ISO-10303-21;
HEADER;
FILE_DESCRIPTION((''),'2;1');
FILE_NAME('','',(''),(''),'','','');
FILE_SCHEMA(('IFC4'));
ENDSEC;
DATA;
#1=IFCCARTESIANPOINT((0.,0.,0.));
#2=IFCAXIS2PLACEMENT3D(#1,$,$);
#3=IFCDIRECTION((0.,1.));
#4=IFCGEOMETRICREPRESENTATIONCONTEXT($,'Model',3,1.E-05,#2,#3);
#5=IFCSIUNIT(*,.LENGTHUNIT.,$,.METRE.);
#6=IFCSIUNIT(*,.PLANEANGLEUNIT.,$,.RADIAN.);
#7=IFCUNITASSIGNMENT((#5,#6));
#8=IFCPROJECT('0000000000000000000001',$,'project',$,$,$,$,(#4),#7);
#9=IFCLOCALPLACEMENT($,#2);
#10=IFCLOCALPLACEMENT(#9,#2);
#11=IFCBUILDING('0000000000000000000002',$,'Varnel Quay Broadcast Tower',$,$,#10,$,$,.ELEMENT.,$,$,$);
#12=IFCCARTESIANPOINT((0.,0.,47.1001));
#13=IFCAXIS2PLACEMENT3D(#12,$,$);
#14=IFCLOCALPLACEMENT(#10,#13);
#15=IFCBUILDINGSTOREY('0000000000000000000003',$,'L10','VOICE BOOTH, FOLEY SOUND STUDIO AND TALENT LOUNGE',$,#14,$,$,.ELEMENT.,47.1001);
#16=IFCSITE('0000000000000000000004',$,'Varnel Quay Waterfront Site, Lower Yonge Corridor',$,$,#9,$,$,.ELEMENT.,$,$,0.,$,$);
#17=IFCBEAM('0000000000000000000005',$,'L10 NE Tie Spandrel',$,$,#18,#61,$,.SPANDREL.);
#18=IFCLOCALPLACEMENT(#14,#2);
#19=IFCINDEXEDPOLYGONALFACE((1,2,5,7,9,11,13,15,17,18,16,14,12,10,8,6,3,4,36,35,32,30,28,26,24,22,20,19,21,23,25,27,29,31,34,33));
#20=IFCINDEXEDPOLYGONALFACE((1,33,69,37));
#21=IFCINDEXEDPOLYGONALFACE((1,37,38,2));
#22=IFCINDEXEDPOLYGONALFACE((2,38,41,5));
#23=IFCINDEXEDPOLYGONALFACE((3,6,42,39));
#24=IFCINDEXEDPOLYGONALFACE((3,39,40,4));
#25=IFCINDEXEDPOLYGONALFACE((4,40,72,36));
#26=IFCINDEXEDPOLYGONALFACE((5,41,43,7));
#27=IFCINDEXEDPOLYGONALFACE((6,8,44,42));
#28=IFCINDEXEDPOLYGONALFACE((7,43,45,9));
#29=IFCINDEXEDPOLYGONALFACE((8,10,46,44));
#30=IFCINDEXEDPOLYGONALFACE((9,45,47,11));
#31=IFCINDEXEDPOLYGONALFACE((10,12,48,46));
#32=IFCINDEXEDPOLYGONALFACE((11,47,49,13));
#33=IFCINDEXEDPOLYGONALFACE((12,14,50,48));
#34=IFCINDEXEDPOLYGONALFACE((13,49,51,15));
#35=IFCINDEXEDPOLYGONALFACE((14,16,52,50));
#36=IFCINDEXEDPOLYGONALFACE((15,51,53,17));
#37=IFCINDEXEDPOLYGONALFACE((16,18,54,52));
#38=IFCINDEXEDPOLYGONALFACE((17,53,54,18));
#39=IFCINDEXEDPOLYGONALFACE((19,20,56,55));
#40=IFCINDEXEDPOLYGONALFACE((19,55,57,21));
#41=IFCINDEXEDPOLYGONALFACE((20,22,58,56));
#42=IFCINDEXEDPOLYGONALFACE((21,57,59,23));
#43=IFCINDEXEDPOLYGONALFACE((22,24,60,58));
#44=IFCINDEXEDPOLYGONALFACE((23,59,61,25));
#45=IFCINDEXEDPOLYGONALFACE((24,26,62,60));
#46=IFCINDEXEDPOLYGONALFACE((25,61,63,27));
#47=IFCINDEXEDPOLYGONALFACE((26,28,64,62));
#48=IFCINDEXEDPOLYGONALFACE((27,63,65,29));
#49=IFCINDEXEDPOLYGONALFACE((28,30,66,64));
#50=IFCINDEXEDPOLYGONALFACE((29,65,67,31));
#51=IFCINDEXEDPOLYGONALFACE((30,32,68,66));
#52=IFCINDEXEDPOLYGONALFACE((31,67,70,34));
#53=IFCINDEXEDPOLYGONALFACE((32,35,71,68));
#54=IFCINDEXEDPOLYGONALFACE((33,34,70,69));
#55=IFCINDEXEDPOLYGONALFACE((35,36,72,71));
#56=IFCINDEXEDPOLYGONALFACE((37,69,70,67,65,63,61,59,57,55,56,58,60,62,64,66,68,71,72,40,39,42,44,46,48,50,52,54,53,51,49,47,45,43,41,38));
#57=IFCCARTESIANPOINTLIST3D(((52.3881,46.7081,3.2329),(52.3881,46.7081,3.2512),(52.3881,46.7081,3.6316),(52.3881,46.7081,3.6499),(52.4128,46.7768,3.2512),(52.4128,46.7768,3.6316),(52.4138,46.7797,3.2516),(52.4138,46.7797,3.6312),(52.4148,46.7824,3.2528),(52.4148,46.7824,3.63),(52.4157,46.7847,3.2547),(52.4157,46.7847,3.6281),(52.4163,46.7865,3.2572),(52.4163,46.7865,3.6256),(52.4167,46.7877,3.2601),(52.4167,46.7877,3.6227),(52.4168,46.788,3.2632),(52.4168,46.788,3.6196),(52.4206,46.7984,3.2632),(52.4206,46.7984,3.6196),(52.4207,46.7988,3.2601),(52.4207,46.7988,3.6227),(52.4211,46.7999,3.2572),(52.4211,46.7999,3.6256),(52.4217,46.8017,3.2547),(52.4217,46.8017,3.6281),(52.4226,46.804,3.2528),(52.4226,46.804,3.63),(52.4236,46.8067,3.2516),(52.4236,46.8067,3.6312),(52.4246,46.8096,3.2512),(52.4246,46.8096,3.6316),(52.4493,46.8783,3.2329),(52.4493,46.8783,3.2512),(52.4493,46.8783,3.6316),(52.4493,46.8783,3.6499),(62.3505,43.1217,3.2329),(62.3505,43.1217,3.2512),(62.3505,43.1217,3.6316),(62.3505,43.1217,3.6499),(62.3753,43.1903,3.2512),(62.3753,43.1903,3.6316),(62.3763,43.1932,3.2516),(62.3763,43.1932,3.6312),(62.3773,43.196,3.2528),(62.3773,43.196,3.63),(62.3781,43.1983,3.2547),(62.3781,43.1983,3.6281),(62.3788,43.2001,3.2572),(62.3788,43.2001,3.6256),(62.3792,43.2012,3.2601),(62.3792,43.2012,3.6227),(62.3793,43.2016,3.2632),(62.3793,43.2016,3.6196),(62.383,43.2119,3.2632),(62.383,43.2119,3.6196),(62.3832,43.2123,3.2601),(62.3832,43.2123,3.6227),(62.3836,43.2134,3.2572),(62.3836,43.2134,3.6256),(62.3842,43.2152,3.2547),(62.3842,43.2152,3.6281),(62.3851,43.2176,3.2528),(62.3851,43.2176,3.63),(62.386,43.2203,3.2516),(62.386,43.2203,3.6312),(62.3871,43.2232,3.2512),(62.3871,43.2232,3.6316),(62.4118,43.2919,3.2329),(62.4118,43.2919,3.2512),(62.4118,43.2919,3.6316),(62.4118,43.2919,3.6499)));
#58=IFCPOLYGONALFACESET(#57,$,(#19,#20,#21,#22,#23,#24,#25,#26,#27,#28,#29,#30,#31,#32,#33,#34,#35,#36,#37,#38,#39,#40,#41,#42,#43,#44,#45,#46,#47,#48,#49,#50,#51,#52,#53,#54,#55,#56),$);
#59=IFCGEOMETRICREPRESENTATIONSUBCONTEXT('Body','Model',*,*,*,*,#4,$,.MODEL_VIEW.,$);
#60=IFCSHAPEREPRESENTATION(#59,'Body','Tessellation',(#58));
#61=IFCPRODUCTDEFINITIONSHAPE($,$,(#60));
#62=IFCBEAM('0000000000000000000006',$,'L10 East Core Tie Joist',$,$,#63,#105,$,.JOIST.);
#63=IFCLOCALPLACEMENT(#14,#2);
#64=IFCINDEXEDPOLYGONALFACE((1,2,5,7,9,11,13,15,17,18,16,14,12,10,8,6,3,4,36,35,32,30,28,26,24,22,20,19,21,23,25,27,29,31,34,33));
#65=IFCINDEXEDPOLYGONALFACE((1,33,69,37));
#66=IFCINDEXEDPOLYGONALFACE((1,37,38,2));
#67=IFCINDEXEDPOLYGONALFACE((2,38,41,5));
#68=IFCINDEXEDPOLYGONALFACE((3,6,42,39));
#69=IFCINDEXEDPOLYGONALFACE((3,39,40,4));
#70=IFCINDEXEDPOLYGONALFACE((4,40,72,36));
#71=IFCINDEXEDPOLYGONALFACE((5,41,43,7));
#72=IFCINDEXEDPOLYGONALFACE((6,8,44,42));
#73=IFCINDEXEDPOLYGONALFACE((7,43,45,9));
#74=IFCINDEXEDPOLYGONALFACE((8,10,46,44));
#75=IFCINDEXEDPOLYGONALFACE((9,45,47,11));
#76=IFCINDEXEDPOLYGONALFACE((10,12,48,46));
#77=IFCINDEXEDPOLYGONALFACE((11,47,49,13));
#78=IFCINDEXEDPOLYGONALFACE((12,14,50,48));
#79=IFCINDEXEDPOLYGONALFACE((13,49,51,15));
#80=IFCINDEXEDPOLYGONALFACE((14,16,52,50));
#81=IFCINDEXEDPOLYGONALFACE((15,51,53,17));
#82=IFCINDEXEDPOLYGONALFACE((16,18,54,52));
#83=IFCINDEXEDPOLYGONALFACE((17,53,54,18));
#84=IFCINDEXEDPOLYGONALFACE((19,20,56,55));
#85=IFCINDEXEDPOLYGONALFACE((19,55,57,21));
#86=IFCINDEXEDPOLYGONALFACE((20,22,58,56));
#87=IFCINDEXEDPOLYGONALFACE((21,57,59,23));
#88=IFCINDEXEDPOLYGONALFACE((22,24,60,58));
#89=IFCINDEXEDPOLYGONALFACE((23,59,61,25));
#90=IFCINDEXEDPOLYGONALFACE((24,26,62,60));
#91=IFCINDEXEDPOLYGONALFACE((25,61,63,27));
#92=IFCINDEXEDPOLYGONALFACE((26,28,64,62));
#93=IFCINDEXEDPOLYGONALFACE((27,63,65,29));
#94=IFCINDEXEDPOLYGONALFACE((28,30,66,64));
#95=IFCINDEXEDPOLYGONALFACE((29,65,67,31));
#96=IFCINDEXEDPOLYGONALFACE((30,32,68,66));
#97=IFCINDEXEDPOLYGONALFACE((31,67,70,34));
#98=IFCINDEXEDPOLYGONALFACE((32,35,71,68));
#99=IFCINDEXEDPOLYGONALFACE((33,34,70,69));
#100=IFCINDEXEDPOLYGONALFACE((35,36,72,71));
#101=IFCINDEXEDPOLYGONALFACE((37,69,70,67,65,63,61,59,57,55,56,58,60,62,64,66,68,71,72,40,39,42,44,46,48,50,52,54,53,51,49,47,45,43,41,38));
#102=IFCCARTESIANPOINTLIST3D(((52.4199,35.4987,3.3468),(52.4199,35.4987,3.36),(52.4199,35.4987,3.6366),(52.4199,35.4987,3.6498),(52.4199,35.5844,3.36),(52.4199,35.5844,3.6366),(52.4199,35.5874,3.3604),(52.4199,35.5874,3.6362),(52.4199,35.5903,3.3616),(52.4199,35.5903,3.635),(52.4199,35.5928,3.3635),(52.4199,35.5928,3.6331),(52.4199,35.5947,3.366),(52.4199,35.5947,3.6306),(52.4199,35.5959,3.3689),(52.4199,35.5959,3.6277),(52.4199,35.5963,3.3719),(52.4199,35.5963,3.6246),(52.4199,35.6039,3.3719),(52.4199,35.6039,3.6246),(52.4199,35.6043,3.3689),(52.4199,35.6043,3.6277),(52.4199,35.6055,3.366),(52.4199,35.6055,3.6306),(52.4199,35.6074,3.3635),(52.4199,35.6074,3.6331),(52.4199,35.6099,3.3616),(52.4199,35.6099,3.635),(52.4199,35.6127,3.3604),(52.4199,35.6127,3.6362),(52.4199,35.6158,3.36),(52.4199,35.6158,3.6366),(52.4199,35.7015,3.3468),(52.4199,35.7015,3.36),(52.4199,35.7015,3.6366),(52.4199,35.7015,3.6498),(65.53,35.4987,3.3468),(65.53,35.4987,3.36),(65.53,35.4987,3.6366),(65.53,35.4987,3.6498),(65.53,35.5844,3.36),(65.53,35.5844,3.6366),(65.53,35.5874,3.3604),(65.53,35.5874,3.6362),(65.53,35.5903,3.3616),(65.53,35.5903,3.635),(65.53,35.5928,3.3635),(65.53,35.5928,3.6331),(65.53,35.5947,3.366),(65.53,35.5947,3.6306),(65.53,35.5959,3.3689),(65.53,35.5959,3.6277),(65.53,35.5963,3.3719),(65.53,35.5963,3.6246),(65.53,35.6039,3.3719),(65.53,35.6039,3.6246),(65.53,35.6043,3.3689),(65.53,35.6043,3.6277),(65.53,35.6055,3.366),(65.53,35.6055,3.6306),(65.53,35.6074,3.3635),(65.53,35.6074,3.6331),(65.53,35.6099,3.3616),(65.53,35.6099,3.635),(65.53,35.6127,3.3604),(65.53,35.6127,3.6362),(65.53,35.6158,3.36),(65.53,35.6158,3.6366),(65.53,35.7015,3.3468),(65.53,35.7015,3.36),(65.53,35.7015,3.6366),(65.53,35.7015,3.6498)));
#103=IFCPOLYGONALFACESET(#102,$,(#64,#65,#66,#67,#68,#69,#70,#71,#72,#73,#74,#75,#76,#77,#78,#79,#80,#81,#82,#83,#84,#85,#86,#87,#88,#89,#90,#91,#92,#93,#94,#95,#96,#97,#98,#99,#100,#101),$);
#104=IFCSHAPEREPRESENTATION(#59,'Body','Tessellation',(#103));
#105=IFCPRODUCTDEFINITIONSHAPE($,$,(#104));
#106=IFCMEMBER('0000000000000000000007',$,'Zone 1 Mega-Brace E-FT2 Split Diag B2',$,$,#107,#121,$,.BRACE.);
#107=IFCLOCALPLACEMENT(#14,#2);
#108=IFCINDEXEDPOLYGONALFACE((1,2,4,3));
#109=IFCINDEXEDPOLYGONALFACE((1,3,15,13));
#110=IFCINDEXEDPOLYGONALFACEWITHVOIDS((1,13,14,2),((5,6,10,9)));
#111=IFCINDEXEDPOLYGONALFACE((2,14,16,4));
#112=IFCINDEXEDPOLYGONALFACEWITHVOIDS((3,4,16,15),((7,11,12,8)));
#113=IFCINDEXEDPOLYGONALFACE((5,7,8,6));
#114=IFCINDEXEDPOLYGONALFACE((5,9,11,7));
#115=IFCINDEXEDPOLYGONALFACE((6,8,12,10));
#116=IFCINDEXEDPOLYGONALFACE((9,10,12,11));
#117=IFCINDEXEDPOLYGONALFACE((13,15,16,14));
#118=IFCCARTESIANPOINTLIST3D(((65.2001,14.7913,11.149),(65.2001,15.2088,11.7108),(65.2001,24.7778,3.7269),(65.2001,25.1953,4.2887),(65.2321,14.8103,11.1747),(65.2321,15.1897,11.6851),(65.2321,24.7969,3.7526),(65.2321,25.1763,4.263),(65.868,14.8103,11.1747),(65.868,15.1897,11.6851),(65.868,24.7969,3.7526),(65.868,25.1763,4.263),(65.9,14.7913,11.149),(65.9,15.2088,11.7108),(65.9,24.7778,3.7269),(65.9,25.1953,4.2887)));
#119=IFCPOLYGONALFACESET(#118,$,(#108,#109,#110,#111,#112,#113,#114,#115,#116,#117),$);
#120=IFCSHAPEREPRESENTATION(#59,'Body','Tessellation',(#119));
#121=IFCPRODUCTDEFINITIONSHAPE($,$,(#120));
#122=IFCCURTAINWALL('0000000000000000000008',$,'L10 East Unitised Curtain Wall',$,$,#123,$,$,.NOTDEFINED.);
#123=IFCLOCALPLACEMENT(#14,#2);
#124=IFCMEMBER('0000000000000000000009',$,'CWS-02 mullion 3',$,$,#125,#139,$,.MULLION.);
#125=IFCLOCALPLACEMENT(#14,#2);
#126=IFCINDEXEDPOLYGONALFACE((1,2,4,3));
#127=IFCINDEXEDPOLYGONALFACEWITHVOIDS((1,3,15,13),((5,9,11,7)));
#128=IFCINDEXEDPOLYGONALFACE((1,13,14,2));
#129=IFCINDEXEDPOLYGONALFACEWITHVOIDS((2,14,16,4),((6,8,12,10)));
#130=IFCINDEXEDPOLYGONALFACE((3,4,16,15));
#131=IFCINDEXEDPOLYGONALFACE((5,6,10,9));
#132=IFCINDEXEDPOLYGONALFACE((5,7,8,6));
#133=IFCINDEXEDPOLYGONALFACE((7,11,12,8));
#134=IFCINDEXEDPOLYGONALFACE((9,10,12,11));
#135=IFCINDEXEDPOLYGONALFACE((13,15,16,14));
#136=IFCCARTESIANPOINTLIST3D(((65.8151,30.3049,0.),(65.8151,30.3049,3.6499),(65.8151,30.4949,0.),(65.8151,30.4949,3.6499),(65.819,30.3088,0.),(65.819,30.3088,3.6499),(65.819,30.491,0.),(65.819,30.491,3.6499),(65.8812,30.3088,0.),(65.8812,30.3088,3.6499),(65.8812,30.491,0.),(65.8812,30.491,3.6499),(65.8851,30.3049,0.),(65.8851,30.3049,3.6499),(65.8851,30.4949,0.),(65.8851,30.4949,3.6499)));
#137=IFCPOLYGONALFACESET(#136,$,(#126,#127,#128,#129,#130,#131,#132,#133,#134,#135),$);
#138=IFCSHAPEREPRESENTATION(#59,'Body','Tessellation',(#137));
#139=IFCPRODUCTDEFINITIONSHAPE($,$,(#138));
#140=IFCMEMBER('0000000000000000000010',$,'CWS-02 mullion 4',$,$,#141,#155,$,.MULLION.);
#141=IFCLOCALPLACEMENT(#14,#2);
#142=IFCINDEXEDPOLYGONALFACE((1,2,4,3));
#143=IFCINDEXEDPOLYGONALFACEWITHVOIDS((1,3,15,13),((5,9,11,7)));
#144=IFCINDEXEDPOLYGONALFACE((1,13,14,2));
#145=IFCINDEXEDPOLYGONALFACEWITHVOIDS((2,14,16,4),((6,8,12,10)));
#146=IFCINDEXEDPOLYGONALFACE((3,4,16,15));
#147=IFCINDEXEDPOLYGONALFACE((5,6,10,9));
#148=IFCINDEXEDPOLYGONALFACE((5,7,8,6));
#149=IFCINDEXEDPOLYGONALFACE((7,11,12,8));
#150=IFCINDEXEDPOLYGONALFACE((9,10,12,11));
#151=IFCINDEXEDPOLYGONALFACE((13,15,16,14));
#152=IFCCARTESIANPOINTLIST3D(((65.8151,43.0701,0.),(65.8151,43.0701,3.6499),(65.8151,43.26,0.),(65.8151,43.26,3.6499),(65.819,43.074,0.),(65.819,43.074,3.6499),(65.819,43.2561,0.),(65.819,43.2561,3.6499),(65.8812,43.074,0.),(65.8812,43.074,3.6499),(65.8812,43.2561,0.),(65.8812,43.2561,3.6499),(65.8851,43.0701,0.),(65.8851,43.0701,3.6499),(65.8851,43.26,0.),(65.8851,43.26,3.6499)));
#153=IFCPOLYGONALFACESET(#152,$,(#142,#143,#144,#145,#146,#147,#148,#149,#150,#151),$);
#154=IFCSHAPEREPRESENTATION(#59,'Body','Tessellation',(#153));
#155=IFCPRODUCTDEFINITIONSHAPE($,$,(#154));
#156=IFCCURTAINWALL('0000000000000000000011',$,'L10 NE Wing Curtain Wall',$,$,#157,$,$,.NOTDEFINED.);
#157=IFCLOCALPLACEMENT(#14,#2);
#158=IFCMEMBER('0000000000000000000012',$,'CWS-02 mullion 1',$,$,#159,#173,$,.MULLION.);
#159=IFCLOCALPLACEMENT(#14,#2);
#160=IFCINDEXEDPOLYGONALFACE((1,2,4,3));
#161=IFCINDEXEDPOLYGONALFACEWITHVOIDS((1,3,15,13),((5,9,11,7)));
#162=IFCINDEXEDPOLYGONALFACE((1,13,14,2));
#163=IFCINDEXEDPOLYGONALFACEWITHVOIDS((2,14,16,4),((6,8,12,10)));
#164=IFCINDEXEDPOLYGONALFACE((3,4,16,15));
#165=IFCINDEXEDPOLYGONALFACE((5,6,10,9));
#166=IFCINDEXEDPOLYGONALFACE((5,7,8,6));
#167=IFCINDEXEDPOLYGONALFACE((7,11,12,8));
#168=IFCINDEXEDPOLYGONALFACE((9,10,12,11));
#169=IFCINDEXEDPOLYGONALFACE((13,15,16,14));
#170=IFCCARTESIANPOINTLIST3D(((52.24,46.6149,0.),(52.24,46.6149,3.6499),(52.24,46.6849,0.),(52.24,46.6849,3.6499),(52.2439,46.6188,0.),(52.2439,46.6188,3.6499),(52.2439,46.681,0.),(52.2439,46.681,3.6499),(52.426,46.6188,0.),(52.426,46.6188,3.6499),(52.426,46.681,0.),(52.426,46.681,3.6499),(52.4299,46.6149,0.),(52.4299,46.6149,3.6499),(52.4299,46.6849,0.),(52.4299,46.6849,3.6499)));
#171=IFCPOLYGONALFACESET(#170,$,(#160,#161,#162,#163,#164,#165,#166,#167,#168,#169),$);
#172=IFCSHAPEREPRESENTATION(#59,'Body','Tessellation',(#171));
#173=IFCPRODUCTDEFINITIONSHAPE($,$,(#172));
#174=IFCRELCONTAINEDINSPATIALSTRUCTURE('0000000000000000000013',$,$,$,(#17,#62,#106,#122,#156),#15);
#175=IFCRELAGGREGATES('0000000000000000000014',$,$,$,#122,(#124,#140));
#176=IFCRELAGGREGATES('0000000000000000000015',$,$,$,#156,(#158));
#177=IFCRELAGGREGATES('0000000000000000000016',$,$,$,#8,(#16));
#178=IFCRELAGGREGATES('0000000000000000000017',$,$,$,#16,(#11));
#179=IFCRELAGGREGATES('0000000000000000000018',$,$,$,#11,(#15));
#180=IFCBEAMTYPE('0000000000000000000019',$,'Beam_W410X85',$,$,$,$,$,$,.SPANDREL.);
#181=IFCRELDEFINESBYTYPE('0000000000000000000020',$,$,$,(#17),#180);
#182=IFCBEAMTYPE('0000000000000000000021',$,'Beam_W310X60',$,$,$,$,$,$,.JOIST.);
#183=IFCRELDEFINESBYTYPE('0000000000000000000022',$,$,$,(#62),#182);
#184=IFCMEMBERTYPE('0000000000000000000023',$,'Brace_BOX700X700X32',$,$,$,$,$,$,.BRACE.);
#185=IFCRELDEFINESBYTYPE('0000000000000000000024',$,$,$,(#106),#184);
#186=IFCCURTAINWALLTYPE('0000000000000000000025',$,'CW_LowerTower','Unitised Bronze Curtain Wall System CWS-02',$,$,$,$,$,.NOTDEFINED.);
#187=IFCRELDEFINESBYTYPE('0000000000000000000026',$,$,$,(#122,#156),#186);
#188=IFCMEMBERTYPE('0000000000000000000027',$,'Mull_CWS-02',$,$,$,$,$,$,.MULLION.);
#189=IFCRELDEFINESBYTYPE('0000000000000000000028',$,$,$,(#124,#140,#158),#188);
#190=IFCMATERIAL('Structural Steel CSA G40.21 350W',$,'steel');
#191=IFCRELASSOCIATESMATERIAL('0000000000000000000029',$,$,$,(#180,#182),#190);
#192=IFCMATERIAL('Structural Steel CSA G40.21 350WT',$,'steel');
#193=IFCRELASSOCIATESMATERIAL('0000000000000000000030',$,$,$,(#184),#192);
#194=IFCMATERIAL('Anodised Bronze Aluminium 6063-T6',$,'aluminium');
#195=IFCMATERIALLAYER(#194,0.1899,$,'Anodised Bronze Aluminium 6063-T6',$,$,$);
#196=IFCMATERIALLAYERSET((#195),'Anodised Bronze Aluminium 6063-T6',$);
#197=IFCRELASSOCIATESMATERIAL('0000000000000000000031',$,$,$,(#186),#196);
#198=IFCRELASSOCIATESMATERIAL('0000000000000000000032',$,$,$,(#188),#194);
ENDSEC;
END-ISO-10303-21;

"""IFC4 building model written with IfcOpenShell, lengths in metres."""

from ifc_helpers import new_model, si_unit, direction, frame, origin, origin_2d, place, context, subcontext, project, spatial, hollow_rectangle, i_section, extrude, source, transform, mapped, material, layer, layer_set, material_profile, profile_set, type_object, type_shapes, element, aggregate, save


model = new_model("IFC4")

# Units and contexts
model_context = context("Model", 3, precision=1e-05, world=origin(), true_north=direction((0.0, 1.0)))
body_context = subcontext(model_context, "Body", "Model", "MODEL_VIEW")
ifc_project = project(units=[si_unit("LENGTHUNIT", "METRE"), si_unit("PLANEANGLEUNIT", "RADIAN")], contexts=[model_context])

# Site, building, storey
site_placement = place(None, origin())
site = spatial("IfcSite", under=ifc_project, at=site_placement, Name="Varnel Quay Waterfront Site, Lower Yonge Corridor", CompositionType="ELEMENT", RefElevation=0.0)
building_placement = place(site_placement, origin())
building = spatial("IfcBuilding", under=site, at=building_placement, Name="Varnel Quay Broadcast Tower", CompositionType="ELEMENT")
storey_placement = place(building_placement, frame((0.0, 0.0, 47.1001)))
storey = spatial("IfcBuildingStorey", under=building, at=storey_placement, Name="L10", Description="VOICE BOOTH, FOLEY SOUND STUDIO AND TALENT LOUNGE", CompositionType="ELEMENT", Elevation=47.1001)

# Shared definitions
ifc_material_1 = material(Name="Structural Steel CSA G40.21 350WT", Category="steel")
ifc_material_2 = material(Name="Structural Steel CSA G40.21 350W", Category="steel")

# Beams
ifc_material_profile_1 = material_profile(ifc_material_2, i_section(OverallWidth=0.1809, OverallDepth=0.417, WebThickness=0.011, FlangeThickness=0.0183, FilletRadius=0.012, at=origin_2d()), Name="W410X85")
ifc_profile_set_1 = profile_set([ifc_material_profile_1], Name="Structural Steel CSA G40.21 350W")
beam_type_1 = type_object("IfcBeamType", Name="Beam_W410X85", PredefinedType="SPANDREL", material=ifc_profile_set_1)
shared_shape_1 = source(origin(), body_context, "Body", "SweptSolid", [
    extrude(i_section(OverallWidth=0.1809, OverallDepth=0.417, WebThickness=0.011, FlangeThickness=0.0183, FilletRadius=0.012, at=origin_2d()), origin(), (0.0, 0.0, 1.0), 10.5884),
])
beam_1_placement = place(storey_placement, frame((52.4187, 46.7932, 3.4414), z_axis=(0.940889, -0.338716, 0.0), x_axis=(0.338716, 0.940889, 0.0)))
element("IfcBeam", 1, at=beam_1_placement, inside=storey, type_object=beam_type_1, Name="L10 NE Tie Spandrel", PredefinedType="SPANDREL", context=body_context, shape_type="MappedRepresentation", body=[
    mapped(shared_shape_1, transform((0.0, 0.0, 0.0), x_axis=(1.0, 0.0, 0.0), y_axis=(0.0, 1.0, 0.0), z_axis=(0.0, 0.0, 1.0), scale=1.0)),
])
ifc_material_profile_2 = material_profile(ifc_material_2, i_section(OverallWidth=0.2029, OverallDepth=0.303, WebThickness=0.0076, FlangeThickness=0.0132, FilletRadius=0.012, at=origin_2d()), Name="W310X60")
ifc_profile_set_2 = profile_set([ifc_material_profile_2], Name="Structural Steel CSA G40.21 350W")
beam_type_2 = type_object("IfcBeamType", Name="Beam_W310X60", PredefinedType="JOIST", material=ifc_profile_set_2)
shared_shape_2 = source(origin(), body_context, "Body", "SweptSolid", [
    extrude(i_section(OverallWidth=0.2029, OverallDepth=0.303, WebThickness=0.0076, FlangeThickness=0.0132, FilletRadius=0.012, at=origin_2d()), origin(), (0.0, 0.0, 1.0), 13.1101),
])
type_shapes(beam_type_2, [shared_shape_2])
beam_2_placement = place(storey_placement, frame((52.4199, 35.6001, 3.4983), z_axis=(1.0, 0.0, 0.0), x_axis=(0.0, 1.0, 0.0)))
element("IfcBeam", 2, at=beam_2_placement, inside=storey, type_object=beam_type_2, Name="L10 East Core Tie Joist", PredefinedType="JOIST", context=body_context, shape_type="MappedRepresentation", body=[
    mapped(shared_shape_2, transform((0.0, 0.0, 0.0), x_axis=(1.0, 0.0, 0.0), y_axis=(0.0, 1.0, 0.0), z_axis=(0.0, 0.0, 1.0), scale=1.0)),
])

# Member
ifc_material_profile_3 = material_profile(ifc_material_1, hollow_rectangle(XDim=0.7, YDim=0.7, WallThickness=0.032, at=origin_2d()), Name="BOX700X700X32")
ifc_profile_set_3 = profile_set([ifc_material_profile_3], Name="Structural Steel CSA G40.21 350WT")
member_type_1 = type_object("IfcMemberType", Name="Brace_BOX700X700X32", PredefinedType="BRACE", material=ifc_profile_set_3)
shared_shape_3 = source(origin(), body_context, "Body", "SweptSolid", [
    extrude(hollow_rectangle(XDim=0.7, YDim=0.7, WallThickness=0.032, at=origin_2d()), origin(), (0.0, 0.0, 1.0), 12.4426),
])
type_shapes(member_type_1, [shared_shape_3])
member_1_placement = place(storey_placement, frame((65.55, 24.9866, 4.0078), z_axis=(0.0, -0.802608, 0.596506), x_axis=(1.0, 0.0, 0.0)))
element("IfcMember", 3, at=member_1_placement, inside=storey, type_object=member_type_1, Name="Zone 1 Mega-Brace E-FT2 Split Diag B2", PredefinedType="BRACE", context=body_context, shape_type="MappedRepresentation", body=[
    mapped(shared_shape_3, transform((0.0, 0.0, 0.0), x_axis=(1.0, 0.0, 0.0), y_axis=(0.0, 1.0, 0.0), z_axis=(0.0, 0.0, 1.0), scale=1.0)),
])

# Curtain walls, members
ifc_material_3 = material(Name="Anodised Bronze Aluminium 6063-T6", Category="aluminium")
ifc_layer_1 = layer(ifc_material_3, 0.1899, Name="Anodised Bronze Aluminium 6063-T6")
ifc_layer_set_1 = layer_set([ifc_layer_1], Name="Anodised Bronze Aluminium 6063-T6")
curtain_wall_type = type_object("IfcCurtainWallType", Name="CW_LowerTower", Description="Unitised Bronze Curtain Wall System CWS-02", PredefinedType="NOTDEFINED", material=ifc_layer_set_1)
curtain_wall_1_placement = place(storey_placement, origin())
curtain_wall_1 = element("IfcCurtainWall", 4, at=curtain_wall_1_placement, inside=storey, type_object=curtain_wall_type, Name="L10 East Unitised Curtain Wall", PredefinedType="NOTDEFINED")
ifc_material_profile_4 = material_profile(ifc_material_3, hollow_rectangle(XDim=0.0701, YDim=0.1899, WallThickness=0.0039, at=origin_2d()), Name="ALU70X190X4")
ifc_profile_set_4 = profile_set([ifc_material_profile_4], Name="Anodised Bronze Aluminium 6063-T6")
member_type_2 = type_object("IfcMemberType", Name="Mull_CWS-02", PredefinedType="MULLION", material=ifc_profile_set_4)
shared_shape_4 = source(origin(), body_context, "Body", "SweptSolid", [
    extrude(hollow_rectangle(XDim=0.0701, YDim=0.1899, WallThickness=0.0039, at=origin_2d()), origin(), (0.0, 0.0, 1.0), 3.6499),
])
type_shapes(member_type_2, [shared_shape_4])
member_2_placement = place(storey_placement, frame((65.8501, 30.3999, 0.0), z_axis=(0.0, 0.0, 1.0), x_axis=(-1.0, 0.0, 0.0)))
member_2 = element("IfcMember", 5, at=member_2_placement, type_object=member_type_2, Name="CWS-02 mullion 3", PredefinedType="MULLION", context=body_context, shape_type="MappedRepresentation", body=[
    mapped(shared_shape_4, transform((0.0, 0.0, 0.0), x_axis=(1.0, 0.0, 0.0), y_axis=(0.0, 1.0, 0.0), z_axis=(0.0, 0.0, 1.0), scale=1.0)),
])
member_3_placement = place(storey_placement, frame((65.8501, 43.165, 0.0), z_axis=(0.0, 0.0, 1.0), x_axis=(-1.0, 0.0, 0.0)))
member_3 = element("IfcMember", 6, at=member_3_placement, type_object=member_type_2, Name="CWS-02 mullion 4", PredefinedType="MULLION", context=body_context, shape_type="MappedRepresentation", body=[
    mapped(shared_shape_4, transform((0.0, 0.0, 0.0), x_axis=(1.0, 0.0, 0.0), y_axis=(0.0, 1.0, 0.0), z_axis=(0.0, 0.0, 1.0), scale=1.0)),
])
curtain_wall_2_placement = place(storey_placement, origin())
curtain_wall_2 = element("IfcCurtainWall", 7, at=curtain_wall_2_placement, inside=storey, type_object=curtain_wall_type, Name="L10 NE Wing Curtain Wall", PredefinedType="NOTDEFINED")
member_4_placement = place(storey_placement, frame((52.335, 46.6499, 0.0), z_axis=(0.0, 0.0, 1.0), x_axis=(0.0, 1.0, 0.0)))
member_4 = element("IfcMember", 8, at=member_4_placement, type_object=member_type_2, Name="CWS-02 mullion 1", PredefinedType="MULLION", context=body_context, shape_type="MappedRepresentation", body=[
    mapped(shared_shape_4, transform((0.0, 0.0, 0.0), x_axis=(1.0, 0.0, 0.0), y_axis=(0.0, 1.0, 0.0), z_axis=(0.0, 0.0, 1.0), scale=1.0)),
])

aggregate(curtain_wall_1, [member_2, member_3])
aggregate(curtain_wall_2, [member_4])

save(model, "model.ifc")
